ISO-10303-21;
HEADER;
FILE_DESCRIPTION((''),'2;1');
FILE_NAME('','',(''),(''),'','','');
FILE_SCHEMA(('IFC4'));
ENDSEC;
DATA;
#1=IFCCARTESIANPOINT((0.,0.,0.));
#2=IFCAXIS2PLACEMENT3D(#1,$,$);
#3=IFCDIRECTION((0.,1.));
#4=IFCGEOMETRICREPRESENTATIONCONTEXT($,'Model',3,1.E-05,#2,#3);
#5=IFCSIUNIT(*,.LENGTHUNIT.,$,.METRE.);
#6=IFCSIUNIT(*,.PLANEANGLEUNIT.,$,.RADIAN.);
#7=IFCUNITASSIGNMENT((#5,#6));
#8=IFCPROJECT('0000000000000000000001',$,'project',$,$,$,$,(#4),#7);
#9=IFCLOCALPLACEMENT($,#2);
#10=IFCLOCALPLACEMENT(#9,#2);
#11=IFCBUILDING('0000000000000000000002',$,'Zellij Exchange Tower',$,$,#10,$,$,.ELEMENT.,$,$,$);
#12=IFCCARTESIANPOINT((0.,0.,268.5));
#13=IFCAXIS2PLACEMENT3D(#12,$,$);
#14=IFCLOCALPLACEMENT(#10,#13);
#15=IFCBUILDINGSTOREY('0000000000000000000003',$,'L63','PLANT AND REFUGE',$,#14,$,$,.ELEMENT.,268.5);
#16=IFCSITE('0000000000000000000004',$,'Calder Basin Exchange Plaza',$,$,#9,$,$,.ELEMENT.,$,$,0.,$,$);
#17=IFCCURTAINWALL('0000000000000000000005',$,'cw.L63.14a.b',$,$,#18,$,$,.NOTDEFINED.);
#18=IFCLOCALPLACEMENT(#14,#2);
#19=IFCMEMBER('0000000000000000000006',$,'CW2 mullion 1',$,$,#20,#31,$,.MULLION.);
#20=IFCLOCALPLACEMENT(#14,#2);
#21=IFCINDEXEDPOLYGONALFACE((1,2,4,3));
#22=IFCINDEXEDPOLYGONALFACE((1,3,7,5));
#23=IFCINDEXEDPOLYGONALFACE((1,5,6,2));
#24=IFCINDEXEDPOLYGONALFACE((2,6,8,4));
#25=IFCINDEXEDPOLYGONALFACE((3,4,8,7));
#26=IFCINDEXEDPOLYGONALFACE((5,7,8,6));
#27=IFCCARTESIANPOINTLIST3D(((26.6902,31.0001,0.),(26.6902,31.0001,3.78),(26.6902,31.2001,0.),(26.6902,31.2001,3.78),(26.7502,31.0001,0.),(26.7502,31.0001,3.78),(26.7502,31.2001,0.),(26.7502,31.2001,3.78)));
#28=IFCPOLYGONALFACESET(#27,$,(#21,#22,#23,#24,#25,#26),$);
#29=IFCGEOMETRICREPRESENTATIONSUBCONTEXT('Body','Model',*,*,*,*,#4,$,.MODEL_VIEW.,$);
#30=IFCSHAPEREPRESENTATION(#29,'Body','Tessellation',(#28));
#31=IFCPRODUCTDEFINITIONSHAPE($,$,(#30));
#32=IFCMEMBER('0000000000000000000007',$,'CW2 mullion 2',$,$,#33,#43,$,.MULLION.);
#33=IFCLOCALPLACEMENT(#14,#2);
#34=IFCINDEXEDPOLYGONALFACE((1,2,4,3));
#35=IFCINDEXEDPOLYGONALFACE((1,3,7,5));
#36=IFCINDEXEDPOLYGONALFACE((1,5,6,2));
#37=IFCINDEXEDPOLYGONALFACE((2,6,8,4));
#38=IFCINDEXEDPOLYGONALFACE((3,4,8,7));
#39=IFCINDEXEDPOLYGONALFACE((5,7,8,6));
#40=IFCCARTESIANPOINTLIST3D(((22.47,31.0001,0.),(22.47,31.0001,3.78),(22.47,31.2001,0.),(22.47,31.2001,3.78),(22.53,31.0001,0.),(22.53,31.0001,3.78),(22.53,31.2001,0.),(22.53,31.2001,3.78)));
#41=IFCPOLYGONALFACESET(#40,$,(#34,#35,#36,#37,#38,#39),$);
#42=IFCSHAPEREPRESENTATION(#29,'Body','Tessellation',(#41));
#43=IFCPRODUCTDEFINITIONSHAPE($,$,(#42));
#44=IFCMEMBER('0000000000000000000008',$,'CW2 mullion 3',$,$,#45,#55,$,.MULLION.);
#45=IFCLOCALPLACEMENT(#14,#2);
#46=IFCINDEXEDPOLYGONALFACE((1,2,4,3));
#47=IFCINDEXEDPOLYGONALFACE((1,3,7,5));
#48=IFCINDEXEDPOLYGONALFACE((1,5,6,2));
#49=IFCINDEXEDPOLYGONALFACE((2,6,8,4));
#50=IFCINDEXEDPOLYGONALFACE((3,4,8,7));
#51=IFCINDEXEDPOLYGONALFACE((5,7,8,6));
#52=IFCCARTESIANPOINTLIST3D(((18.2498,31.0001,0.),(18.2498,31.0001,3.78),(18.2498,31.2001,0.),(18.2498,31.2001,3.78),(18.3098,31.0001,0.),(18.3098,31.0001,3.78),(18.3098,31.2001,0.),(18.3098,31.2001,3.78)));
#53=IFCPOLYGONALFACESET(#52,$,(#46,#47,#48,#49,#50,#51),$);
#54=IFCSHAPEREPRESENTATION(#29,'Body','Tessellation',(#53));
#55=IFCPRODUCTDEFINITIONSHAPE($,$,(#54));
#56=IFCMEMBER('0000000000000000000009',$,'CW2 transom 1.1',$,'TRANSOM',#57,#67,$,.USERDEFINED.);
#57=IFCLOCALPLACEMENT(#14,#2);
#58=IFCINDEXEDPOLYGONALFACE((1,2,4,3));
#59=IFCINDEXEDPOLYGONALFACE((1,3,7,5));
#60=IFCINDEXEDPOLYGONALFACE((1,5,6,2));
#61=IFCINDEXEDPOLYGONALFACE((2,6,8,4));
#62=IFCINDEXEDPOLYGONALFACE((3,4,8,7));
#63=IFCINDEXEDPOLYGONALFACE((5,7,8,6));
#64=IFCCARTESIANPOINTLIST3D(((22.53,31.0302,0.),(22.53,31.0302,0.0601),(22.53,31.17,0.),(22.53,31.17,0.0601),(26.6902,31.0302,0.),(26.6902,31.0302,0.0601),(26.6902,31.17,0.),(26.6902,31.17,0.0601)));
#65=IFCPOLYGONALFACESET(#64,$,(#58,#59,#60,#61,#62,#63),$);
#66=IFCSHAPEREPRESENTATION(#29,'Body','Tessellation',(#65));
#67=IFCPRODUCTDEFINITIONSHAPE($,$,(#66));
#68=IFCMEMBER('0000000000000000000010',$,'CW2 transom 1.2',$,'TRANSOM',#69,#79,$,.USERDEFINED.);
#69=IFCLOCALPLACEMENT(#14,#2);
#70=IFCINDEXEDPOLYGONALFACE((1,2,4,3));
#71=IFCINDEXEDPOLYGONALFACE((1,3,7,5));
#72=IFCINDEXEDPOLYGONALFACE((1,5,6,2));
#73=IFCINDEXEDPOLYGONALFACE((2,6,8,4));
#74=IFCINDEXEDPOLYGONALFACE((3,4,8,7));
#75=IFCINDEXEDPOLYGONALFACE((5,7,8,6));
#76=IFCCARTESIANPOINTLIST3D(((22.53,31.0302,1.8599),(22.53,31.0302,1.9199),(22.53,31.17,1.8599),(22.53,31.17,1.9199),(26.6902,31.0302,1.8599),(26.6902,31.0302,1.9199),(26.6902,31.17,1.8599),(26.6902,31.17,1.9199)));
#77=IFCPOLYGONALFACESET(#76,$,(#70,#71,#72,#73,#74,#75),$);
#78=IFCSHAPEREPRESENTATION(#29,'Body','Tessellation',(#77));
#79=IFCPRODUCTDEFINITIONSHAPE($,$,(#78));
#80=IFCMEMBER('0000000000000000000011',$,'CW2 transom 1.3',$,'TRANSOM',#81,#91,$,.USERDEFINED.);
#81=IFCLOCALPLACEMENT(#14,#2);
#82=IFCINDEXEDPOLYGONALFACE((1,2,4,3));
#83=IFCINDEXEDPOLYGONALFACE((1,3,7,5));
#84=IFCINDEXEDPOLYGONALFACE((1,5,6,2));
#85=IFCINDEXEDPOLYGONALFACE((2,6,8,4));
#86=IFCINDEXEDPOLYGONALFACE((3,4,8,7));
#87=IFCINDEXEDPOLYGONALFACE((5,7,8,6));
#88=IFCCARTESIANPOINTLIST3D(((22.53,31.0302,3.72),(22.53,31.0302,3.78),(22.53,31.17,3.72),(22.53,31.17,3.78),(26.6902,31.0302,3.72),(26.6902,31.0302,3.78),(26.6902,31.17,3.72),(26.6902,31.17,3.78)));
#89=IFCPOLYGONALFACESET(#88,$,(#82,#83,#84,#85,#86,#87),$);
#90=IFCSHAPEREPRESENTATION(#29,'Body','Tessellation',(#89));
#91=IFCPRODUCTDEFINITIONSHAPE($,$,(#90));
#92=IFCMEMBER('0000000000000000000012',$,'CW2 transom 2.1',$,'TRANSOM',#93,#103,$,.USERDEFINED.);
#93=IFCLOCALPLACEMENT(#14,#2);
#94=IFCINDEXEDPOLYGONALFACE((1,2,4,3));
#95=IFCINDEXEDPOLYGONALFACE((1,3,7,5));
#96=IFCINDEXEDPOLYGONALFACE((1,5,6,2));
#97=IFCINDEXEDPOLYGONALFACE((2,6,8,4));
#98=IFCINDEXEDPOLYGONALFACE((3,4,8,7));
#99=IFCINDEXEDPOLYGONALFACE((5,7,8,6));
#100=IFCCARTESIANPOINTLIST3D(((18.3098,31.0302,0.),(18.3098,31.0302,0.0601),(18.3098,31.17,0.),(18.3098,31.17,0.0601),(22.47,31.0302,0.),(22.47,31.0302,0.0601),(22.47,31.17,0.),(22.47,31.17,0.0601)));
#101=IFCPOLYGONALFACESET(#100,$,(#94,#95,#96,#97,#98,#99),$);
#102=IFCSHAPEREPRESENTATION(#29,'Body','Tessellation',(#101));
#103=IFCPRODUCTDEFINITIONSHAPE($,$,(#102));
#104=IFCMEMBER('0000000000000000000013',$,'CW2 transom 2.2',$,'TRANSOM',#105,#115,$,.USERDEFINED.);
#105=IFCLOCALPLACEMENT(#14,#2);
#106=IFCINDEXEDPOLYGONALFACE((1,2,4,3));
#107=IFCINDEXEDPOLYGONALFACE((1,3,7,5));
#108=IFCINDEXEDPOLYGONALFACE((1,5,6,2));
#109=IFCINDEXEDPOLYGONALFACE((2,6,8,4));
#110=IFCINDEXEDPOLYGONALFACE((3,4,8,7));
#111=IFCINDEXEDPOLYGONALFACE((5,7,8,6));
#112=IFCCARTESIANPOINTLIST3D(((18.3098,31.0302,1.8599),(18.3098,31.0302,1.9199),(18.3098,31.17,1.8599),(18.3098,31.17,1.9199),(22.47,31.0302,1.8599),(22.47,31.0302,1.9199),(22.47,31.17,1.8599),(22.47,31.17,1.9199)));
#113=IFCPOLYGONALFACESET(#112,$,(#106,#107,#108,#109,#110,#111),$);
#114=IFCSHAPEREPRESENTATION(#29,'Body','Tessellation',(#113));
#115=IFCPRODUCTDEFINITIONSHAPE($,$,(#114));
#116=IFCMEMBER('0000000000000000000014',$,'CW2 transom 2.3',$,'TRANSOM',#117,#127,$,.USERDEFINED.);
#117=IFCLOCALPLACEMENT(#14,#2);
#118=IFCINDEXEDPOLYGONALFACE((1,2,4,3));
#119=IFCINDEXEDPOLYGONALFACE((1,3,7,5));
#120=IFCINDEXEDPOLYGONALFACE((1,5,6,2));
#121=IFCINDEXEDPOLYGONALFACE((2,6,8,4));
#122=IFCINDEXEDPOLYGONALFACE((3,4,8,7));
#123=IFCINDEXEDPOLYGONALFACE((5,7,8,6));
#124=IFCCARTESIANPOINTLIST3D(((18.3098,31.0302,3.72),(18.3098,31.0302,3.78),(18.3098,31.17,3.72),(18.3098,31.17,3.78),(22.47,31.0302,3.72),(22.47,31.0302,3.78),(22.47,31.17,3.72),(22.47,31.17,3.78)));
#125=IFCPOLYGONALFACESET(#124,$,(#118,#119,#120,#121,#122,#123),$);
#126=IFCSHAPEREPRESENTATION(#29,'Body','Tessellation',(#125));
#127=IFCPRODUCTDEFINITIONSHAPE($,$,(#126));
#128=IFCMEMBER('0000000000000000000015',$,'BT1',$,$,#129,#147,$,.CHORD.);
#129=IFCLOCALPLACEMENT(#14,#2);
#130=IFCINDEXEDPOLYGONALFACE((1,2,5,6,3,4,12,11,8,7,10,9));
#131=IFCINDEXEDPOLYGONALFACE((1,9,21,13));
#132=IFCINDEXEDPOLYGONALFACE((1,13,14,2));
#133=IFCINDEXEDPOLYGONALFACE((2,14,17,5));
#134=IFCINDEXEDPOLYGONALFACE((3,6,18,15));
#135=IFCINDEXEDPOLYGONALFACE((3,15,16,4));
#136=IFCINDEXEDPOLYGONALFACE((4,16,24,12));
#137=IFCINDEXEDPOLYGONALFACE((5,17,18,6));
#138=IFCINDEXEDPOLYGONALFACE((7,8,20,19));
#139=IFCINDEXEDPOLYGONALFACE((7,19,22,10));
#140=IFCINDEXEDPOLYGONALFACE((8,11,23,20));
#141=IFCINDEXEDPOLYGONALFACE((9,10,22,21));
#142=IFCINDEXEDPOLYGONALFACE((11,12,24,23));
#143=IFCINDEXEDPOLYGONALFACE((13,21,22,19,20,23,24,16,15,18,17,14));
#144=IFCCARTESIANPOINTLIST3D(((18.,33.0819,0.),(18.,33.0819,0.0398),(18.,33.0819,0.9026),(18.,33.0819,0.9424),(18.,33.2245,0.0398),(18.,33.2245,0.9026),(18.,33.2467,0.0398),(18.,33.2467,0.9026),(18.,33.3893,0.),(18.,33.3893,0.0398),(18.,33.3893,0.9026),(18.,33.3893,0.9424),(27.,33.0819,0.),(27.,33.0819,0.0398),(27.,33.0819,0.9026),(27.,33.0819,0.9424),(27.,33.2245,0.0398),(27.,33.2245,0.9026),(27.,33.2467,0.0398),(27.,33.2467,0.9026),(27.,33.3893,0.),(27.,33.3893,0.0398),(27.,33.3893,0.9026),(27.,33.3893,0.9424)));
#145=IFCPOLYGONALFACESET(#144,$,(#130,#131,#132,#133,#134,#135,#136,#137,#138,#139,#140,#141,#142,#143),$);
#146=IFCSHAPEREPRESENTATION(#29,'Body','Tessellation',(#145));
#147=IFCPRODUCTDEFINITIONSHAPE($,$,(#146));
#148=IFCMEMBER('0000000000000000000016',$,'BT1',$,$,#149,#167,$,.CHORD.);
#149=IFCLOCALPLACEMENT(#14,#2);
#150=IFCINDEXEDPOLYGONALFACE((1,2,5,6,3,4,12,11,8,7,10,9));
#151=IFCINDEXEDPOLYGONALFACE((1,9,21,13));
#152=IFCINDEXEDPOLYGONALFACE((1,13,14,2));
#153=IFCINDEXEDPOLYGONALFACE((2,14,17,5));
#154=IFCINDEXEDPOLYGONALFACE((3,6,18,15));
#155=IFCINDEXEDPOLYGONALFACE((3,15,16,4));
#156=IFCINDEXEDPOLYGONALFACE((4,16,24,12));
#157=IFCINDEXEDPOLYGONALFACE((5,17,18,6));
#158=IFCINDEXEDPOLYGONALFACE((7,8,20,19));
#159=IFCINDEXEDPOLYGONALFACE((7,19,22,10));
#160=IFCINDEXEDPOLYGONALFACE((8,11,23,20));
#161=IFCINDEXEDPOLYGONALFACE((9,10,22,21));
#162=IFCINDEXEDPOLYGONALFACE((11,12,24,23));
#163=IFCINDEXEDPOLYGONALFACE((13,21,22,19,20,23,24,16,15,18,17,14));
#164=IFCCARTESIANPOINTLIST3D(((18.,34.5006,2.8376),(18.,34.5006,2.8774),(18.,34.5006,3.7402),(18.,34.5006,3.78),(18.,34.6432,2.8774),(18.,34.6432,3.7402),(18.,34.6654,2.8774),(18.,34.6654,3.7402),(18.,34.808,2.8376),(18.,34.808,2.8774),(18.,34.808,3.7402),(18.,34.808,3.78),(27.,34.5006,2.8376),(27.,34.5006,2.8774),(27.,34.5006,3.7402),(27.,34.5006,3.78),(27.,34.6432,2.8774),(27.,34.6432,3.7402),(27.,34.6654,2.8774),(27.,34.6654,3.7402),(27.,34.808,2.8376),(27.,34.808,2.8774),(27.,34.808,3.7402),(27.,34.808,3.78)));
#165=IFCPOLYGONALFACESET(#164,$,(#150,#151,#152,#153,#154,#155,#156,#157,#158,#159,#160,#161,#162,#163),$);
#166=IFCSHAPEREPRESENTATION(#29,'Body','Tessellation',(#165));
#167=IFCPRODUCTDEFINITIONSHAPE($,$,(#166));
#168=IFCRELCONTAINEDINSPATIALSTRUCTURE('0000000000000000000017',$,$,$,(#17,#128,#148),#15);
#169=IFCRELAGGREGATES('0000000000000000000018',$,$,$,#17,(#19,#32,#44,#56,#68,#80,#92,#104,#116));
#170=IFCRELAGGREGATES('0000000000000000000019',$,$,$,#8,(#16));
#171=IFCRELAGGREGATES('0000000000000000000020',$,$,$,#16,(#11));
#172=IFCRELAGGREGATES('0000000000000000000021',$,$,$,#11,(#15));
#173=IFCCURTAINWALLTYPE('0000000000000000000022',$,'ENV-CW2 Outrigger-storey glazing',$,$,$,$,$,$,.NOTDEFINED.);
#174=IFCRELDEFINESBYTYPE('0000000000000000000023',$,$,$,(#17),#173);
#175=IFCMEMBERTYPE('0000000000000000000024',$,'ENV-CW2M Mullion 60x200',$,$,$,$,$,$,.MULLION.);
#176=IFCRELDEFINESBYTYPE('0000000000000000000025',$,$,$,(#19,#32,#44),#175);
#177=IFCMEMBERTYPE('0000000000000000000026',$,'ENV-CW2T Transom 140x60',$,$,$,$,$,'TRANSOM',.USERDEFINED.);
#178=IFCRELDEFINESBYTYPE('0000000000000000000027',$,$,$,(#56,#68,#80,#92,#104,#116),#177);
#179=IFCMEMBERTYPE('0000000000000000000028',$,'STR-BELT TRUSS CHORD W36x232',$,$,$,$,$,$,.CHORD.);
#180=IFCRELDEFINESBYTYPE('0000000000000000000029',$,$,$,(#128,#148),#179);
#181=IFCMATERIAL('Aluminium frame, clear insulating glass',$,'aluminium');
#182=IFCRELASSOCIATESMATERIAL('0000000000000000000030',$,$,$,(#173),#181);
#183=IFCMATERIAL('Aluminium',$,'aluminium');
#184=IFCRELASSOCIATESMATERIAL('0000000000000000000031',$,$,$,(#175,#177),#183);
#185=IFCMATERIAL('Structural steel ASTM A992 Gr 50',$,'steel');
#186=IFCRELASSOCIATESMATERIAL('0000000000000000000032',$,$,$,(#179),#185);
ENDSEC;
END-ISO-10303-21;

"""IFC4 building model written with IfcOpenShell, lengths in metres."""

from ifc_helpers import new_model, si_unit, direction, frame, origin, origin_2d, place, context, subcontext, project, spatial, rectangle, i_section, extrude, material, material_profile, profile_set, type_object, element, aggregate, save


model = new_model("IFC4")

# Units and contexts
model_context = context("Model", 3, precision=1e-05, world=origin(), true_north=direction((0.0, 1.0)))
body_context = subcontext(model_context, "Body", "Model", "MODEL_VIEW")
ifc_project = project(units=[si_unit("LENGTHUNIT", "METRE"), si_unit("PLANEANGLEUNIT", "RADIAN")], contexts=[model_context])

# Site, building, storey
site_placement = place(None, origin())
site = spatial("IfcSite", under=ifc_project, at=site_placement, Name="Calder Basin Exchange Plaza", CompositionType="ELEMENT", RefElevation=0.0)
building_placement = place(site_placement, origin())
building = spatial("IfcBuilding", under=site, at=building_placement, Name="Zellij Exchange Tower", CompositionType="ELEMENT")
storey_placement = place(building_placement, frame((0.0, 0.0, 268.5)))
storey = spatial("IfcBuildingStorey", under=building, at=storey_placement, Name="L63", Description="PLANT AND REFUGE", CompositionType="ELEMENT", Elevation=268.5)

# Curtain wall, members
ifc_material_1 = material(Name="Aluminium frame, clear insulating glass", Category="aluminium")
curtain_wall_type = type_object("IfcCurtainWallType", Name="ENV-CW2 Outrigger-storey glazing", PredefinedType="NOTDEFINED", material=ifc_material_1)
curtain_wall_placement = place(storey_placement, origin())
curtain_wall = element("IfcCurtainWall", 1, at=curtain_wall_placement, inside=storey, type_object=curtain_wall_type, Name="cw.L63.14a.b", PredefinedType="NOTDEFINED")
ifc_material_2 = material(Name="Aluminium", Category="aluminium")
ifc_material_profile_1 = material_profile(ifc_material_2, rectangle(XDim=0.0601, YDim=0.2, at=origin_2d()), Name="AL 60x200")
ifc_profile_set_1 = profile_set([ifc_material_profile_1], Name="Aluminium")
member_type_1 = type_object("IfcMemberType", Name="ENV-CW2M Mullion 60x200", PredefinedType="MULLION", material=ifc_profile_set_1)
member_1_placement = place(storey_placement, frame((26.7202, 31.1001, 0.0), z_axis=(0.0, 0.0, 1.0), x_axis=(-1.0, 0.0, 0.0)))
member_1 = element("IfcMember", 2, at=member_1_placement, type_object=member_type_1, Name="CW2 mullion 1", PredefinedType="MULLION", context=body_context, shape_type="SweptSolid", body=[
    extrude(rectangle(XDim=0.0601, YDim=0.2, at=origin_2d()), origin(), (0.0, 0.0, 1.0), 3.78),
])
member_2_placement = place(storey_placement, frame((22.5, 31.1001, 0.0), z_axis=(0.0, 0.0, 1.0), x_axis=(-1.0, 0.0, 0.0)))
member_2 = element("IfcMember", 3, at=member_2_placement, type_object=member_type_1, Name="CW2 mullion 2", PredefinedType="MULLION", context=body_context, shape_type="SweptSolid", body=[
    extrude(rectangle(XDim=0.0601, YDim=0.2, at=origin_2d()), origin(), (0.0, 0.0, 1.0), 3.78),
])
member_3_placement = place(storey_placement, frame((18.2798, 31.1001, 0.0), z_axis=(0.0, 0.0, 1.0), x_axis=(-1.0, 0.0, 0.0)))
member_3 = element("IfcMember", 4, at=member_3_placement, type_object=member_type_1, Name="CW2 mullion 3", PredefinedType="MULLION", context=body_context, shape_type="SweptSolid", body=[
    extrude(rectangle(XDim=0.0601, YDim=0.2, at=origin_2d()), origin(), (0.0, 0.0, 1.0), 3.78),
])
ifc_material_profile_2 = material_profile(ifc_material_2, rectangle(XDim=0.1399, YDim=0.0601, at=origin_2d()), Name="AL 140x60")
ifc_profile_set_2 = profile_set([ifc_material_profile_2], Name="Aluminium")
member_type_2 = type_object("IfcMemberType", Name="ENV-CW2T Transom 140x60", ElementType="TRANSOM", PredefinedType="USERDEFINED", material=ifc_profile_set_2)
member_4_placement = place(storey_placement, frame((26.6902, 31.1001, 0.03), z_axis=(-1.0, 0.0, 0.0), x_axis=(0.0, -1.0, 0.0)))
member_4 = element("IfcMember", 5, at=member_4_placement, type_object=member_type_2, Name="CW2 transom 1.1", ObjectType="TRANSOM", PredefinedType="USERDEFINED", context=body_context, shape_type="SweptSolid", body=[
    extrude(rectangle(XDim=0.1399, YDim=0.0601, at=origin_2d()), origin(), (0.0, 0.0, 1.0), 4.1602),
])
member_5_placement = place(storey_placement, frame((26.6902, 31.1001, 1.8899), z_axis=(-1.0, 0.0, 0.0), x_axis=(0.0, -1.0, 0.0)))
member_5 = element("IfcMember", 6, at=member_5_placement, type_object=member_type_2, Name="CW2 transom 1.2", ObjectType="TRANSOM", PredefinedType="USERDEFINED", context=body_context, shape_type="SweptSolid", body=[
    extrude(rectangle(XDim=0.1399, YDim=0.0601, at=origin_2d()), origin(), (0.0, 0.0, 1.0), 4.1602),
])
member_6_placement = place(storey_placement, frame((26.6902, 31.1001, 3.75), z_axis=(-1.0, 0.0, 0.0), x_axis=(0.0, -1.0, 0.0)))
member_6 = element("IfcMember", 7, at=member_6_placement, type_object=member_type_2, Name="CW2 transom 1.3", ObjectType="TRANSOM", PredefinedType="USERDEFINED", context=body_context, shape_type="SweptSolid", body=[
    extrude(rectangle(XDim=0.1399, YDim=0.0601, at=origin_2d()), origin(), (0.0, 0.0, 1.0), 4.1602),
])
member_7_placement = place(storey_placement, frame((22.47, 31.1001, 0.03), z_axis=(-1.0, 0.0, 0.0), x_axis=(0.0, -1.0, 0.0)))
member_7 = element("IfcMember", 8, at=member_7_placement, type_object=member_type_2, Name="CW2 transom 2.1", ObjectType="TRANSOM", PredefinedType="USERDEFINED", context=body_context, shape_type="SweptSolid", body=[
    extrude(rectangle(XDim=0.1399, YDim=0.0601, at=origin_2d()), origin(), (0.0, 0.0, 1.0), 4.1602),
])
member_8_placement = place(storey_placement, frame((22.47, 31.1001, 1.8899), z_axis=(-1.0, 0.0, 0.0), x_axis=(0.0, -1.0, 0.0)))
member_8 = element("IfcMember", 9, at=member_8_placement, type_object=member_type_2, Name="CW2 transom 2.2", ObjectType="TRANSOM", PredefinedType="USERDEFINED", context=body_context, shape_type="SweptSolid", body=[
    extrude(rectangle(XDim=0.1399, YDim=0.0601, at=origin_2d()), origin(), (0.0, 0.0, 1.0), 4.1602),
])
member_9_placement = place(storey_placement, frame((22.47, 31.1001, 3.75), z_axis=(-1.0, 0.0, 0.0), x_axis=(0.0, -1.0, 0.0)))
member_9 = element("IfcMember", 10, at=member_9_placement, type_object=member_type_2, Name="CW2 transom 2.3", ObjectType="TRANSOM", PredefinedType="USERDEFINED", context=body_context, shape_type="SweptSolid", body=[
    extrude(rectangle(XDim=0.1399, YDim=0.0601, at=origin_2d()), origin(), (0.0, 0.0, 1.0), 4.1602),
])

# Members
ifc_material_3 = material(Name="Structural steel ASTM A992 Gr 50", Category="steel")
ifc_material_profile_3 = material_profile(ifc_material_3, i_section(OverallWidth=0.3074, OverallDepth=0.9424, WebThickness=0.0222, FlangeThickness=0.0398, at=origin_2d()), Name="W36x232")
ifc_profile_set_3 = profile_set([ifc_material_profile_3], Name="Structural steel ASTM A992 Gr 50")
member_type_3 = type_object("IfcMemberType", Name="STR-BELT TRUSS CHORD W36x232", PredefinedType="CHORD", material=ifc_profile_set_3)
for number, where, z_axis, x_axis, name in (
    (11, (18.0, 33.2356, 0.4712), (1.0, 0.0, 0.0), (0.0, 1.0, 0.0), "BT1"),
    (12, (18.0, 34.6543, 3.3088), (1.0, 0.0, 0.0), (0.0, 1.0, 0.0), "BT1"),
):
    element("IfcMember", number, at=place(storey_placement, frame(where, z_axis=z_axis, x_axis=x_axis)), inside=storey, type_object=member_type_3, Name=name, PredefinedType="CHORD", context=body_context, shape_type="SweptSolid", body=[
        extrude(i_section(OverallWidth=0.3074, OverallDepth=0.9424, WebThickness=0.0222, FlangeThickness=0.0398, at=origin_2d()), origin(), (0.0, 0.0, 1.0), 9.0),
    ])

aggregate(curtain_wall, [member_1, member_2, member_3, member_4, member_5, member_6, member_7, member_8, member_9])

save(model, "model.ifc")
